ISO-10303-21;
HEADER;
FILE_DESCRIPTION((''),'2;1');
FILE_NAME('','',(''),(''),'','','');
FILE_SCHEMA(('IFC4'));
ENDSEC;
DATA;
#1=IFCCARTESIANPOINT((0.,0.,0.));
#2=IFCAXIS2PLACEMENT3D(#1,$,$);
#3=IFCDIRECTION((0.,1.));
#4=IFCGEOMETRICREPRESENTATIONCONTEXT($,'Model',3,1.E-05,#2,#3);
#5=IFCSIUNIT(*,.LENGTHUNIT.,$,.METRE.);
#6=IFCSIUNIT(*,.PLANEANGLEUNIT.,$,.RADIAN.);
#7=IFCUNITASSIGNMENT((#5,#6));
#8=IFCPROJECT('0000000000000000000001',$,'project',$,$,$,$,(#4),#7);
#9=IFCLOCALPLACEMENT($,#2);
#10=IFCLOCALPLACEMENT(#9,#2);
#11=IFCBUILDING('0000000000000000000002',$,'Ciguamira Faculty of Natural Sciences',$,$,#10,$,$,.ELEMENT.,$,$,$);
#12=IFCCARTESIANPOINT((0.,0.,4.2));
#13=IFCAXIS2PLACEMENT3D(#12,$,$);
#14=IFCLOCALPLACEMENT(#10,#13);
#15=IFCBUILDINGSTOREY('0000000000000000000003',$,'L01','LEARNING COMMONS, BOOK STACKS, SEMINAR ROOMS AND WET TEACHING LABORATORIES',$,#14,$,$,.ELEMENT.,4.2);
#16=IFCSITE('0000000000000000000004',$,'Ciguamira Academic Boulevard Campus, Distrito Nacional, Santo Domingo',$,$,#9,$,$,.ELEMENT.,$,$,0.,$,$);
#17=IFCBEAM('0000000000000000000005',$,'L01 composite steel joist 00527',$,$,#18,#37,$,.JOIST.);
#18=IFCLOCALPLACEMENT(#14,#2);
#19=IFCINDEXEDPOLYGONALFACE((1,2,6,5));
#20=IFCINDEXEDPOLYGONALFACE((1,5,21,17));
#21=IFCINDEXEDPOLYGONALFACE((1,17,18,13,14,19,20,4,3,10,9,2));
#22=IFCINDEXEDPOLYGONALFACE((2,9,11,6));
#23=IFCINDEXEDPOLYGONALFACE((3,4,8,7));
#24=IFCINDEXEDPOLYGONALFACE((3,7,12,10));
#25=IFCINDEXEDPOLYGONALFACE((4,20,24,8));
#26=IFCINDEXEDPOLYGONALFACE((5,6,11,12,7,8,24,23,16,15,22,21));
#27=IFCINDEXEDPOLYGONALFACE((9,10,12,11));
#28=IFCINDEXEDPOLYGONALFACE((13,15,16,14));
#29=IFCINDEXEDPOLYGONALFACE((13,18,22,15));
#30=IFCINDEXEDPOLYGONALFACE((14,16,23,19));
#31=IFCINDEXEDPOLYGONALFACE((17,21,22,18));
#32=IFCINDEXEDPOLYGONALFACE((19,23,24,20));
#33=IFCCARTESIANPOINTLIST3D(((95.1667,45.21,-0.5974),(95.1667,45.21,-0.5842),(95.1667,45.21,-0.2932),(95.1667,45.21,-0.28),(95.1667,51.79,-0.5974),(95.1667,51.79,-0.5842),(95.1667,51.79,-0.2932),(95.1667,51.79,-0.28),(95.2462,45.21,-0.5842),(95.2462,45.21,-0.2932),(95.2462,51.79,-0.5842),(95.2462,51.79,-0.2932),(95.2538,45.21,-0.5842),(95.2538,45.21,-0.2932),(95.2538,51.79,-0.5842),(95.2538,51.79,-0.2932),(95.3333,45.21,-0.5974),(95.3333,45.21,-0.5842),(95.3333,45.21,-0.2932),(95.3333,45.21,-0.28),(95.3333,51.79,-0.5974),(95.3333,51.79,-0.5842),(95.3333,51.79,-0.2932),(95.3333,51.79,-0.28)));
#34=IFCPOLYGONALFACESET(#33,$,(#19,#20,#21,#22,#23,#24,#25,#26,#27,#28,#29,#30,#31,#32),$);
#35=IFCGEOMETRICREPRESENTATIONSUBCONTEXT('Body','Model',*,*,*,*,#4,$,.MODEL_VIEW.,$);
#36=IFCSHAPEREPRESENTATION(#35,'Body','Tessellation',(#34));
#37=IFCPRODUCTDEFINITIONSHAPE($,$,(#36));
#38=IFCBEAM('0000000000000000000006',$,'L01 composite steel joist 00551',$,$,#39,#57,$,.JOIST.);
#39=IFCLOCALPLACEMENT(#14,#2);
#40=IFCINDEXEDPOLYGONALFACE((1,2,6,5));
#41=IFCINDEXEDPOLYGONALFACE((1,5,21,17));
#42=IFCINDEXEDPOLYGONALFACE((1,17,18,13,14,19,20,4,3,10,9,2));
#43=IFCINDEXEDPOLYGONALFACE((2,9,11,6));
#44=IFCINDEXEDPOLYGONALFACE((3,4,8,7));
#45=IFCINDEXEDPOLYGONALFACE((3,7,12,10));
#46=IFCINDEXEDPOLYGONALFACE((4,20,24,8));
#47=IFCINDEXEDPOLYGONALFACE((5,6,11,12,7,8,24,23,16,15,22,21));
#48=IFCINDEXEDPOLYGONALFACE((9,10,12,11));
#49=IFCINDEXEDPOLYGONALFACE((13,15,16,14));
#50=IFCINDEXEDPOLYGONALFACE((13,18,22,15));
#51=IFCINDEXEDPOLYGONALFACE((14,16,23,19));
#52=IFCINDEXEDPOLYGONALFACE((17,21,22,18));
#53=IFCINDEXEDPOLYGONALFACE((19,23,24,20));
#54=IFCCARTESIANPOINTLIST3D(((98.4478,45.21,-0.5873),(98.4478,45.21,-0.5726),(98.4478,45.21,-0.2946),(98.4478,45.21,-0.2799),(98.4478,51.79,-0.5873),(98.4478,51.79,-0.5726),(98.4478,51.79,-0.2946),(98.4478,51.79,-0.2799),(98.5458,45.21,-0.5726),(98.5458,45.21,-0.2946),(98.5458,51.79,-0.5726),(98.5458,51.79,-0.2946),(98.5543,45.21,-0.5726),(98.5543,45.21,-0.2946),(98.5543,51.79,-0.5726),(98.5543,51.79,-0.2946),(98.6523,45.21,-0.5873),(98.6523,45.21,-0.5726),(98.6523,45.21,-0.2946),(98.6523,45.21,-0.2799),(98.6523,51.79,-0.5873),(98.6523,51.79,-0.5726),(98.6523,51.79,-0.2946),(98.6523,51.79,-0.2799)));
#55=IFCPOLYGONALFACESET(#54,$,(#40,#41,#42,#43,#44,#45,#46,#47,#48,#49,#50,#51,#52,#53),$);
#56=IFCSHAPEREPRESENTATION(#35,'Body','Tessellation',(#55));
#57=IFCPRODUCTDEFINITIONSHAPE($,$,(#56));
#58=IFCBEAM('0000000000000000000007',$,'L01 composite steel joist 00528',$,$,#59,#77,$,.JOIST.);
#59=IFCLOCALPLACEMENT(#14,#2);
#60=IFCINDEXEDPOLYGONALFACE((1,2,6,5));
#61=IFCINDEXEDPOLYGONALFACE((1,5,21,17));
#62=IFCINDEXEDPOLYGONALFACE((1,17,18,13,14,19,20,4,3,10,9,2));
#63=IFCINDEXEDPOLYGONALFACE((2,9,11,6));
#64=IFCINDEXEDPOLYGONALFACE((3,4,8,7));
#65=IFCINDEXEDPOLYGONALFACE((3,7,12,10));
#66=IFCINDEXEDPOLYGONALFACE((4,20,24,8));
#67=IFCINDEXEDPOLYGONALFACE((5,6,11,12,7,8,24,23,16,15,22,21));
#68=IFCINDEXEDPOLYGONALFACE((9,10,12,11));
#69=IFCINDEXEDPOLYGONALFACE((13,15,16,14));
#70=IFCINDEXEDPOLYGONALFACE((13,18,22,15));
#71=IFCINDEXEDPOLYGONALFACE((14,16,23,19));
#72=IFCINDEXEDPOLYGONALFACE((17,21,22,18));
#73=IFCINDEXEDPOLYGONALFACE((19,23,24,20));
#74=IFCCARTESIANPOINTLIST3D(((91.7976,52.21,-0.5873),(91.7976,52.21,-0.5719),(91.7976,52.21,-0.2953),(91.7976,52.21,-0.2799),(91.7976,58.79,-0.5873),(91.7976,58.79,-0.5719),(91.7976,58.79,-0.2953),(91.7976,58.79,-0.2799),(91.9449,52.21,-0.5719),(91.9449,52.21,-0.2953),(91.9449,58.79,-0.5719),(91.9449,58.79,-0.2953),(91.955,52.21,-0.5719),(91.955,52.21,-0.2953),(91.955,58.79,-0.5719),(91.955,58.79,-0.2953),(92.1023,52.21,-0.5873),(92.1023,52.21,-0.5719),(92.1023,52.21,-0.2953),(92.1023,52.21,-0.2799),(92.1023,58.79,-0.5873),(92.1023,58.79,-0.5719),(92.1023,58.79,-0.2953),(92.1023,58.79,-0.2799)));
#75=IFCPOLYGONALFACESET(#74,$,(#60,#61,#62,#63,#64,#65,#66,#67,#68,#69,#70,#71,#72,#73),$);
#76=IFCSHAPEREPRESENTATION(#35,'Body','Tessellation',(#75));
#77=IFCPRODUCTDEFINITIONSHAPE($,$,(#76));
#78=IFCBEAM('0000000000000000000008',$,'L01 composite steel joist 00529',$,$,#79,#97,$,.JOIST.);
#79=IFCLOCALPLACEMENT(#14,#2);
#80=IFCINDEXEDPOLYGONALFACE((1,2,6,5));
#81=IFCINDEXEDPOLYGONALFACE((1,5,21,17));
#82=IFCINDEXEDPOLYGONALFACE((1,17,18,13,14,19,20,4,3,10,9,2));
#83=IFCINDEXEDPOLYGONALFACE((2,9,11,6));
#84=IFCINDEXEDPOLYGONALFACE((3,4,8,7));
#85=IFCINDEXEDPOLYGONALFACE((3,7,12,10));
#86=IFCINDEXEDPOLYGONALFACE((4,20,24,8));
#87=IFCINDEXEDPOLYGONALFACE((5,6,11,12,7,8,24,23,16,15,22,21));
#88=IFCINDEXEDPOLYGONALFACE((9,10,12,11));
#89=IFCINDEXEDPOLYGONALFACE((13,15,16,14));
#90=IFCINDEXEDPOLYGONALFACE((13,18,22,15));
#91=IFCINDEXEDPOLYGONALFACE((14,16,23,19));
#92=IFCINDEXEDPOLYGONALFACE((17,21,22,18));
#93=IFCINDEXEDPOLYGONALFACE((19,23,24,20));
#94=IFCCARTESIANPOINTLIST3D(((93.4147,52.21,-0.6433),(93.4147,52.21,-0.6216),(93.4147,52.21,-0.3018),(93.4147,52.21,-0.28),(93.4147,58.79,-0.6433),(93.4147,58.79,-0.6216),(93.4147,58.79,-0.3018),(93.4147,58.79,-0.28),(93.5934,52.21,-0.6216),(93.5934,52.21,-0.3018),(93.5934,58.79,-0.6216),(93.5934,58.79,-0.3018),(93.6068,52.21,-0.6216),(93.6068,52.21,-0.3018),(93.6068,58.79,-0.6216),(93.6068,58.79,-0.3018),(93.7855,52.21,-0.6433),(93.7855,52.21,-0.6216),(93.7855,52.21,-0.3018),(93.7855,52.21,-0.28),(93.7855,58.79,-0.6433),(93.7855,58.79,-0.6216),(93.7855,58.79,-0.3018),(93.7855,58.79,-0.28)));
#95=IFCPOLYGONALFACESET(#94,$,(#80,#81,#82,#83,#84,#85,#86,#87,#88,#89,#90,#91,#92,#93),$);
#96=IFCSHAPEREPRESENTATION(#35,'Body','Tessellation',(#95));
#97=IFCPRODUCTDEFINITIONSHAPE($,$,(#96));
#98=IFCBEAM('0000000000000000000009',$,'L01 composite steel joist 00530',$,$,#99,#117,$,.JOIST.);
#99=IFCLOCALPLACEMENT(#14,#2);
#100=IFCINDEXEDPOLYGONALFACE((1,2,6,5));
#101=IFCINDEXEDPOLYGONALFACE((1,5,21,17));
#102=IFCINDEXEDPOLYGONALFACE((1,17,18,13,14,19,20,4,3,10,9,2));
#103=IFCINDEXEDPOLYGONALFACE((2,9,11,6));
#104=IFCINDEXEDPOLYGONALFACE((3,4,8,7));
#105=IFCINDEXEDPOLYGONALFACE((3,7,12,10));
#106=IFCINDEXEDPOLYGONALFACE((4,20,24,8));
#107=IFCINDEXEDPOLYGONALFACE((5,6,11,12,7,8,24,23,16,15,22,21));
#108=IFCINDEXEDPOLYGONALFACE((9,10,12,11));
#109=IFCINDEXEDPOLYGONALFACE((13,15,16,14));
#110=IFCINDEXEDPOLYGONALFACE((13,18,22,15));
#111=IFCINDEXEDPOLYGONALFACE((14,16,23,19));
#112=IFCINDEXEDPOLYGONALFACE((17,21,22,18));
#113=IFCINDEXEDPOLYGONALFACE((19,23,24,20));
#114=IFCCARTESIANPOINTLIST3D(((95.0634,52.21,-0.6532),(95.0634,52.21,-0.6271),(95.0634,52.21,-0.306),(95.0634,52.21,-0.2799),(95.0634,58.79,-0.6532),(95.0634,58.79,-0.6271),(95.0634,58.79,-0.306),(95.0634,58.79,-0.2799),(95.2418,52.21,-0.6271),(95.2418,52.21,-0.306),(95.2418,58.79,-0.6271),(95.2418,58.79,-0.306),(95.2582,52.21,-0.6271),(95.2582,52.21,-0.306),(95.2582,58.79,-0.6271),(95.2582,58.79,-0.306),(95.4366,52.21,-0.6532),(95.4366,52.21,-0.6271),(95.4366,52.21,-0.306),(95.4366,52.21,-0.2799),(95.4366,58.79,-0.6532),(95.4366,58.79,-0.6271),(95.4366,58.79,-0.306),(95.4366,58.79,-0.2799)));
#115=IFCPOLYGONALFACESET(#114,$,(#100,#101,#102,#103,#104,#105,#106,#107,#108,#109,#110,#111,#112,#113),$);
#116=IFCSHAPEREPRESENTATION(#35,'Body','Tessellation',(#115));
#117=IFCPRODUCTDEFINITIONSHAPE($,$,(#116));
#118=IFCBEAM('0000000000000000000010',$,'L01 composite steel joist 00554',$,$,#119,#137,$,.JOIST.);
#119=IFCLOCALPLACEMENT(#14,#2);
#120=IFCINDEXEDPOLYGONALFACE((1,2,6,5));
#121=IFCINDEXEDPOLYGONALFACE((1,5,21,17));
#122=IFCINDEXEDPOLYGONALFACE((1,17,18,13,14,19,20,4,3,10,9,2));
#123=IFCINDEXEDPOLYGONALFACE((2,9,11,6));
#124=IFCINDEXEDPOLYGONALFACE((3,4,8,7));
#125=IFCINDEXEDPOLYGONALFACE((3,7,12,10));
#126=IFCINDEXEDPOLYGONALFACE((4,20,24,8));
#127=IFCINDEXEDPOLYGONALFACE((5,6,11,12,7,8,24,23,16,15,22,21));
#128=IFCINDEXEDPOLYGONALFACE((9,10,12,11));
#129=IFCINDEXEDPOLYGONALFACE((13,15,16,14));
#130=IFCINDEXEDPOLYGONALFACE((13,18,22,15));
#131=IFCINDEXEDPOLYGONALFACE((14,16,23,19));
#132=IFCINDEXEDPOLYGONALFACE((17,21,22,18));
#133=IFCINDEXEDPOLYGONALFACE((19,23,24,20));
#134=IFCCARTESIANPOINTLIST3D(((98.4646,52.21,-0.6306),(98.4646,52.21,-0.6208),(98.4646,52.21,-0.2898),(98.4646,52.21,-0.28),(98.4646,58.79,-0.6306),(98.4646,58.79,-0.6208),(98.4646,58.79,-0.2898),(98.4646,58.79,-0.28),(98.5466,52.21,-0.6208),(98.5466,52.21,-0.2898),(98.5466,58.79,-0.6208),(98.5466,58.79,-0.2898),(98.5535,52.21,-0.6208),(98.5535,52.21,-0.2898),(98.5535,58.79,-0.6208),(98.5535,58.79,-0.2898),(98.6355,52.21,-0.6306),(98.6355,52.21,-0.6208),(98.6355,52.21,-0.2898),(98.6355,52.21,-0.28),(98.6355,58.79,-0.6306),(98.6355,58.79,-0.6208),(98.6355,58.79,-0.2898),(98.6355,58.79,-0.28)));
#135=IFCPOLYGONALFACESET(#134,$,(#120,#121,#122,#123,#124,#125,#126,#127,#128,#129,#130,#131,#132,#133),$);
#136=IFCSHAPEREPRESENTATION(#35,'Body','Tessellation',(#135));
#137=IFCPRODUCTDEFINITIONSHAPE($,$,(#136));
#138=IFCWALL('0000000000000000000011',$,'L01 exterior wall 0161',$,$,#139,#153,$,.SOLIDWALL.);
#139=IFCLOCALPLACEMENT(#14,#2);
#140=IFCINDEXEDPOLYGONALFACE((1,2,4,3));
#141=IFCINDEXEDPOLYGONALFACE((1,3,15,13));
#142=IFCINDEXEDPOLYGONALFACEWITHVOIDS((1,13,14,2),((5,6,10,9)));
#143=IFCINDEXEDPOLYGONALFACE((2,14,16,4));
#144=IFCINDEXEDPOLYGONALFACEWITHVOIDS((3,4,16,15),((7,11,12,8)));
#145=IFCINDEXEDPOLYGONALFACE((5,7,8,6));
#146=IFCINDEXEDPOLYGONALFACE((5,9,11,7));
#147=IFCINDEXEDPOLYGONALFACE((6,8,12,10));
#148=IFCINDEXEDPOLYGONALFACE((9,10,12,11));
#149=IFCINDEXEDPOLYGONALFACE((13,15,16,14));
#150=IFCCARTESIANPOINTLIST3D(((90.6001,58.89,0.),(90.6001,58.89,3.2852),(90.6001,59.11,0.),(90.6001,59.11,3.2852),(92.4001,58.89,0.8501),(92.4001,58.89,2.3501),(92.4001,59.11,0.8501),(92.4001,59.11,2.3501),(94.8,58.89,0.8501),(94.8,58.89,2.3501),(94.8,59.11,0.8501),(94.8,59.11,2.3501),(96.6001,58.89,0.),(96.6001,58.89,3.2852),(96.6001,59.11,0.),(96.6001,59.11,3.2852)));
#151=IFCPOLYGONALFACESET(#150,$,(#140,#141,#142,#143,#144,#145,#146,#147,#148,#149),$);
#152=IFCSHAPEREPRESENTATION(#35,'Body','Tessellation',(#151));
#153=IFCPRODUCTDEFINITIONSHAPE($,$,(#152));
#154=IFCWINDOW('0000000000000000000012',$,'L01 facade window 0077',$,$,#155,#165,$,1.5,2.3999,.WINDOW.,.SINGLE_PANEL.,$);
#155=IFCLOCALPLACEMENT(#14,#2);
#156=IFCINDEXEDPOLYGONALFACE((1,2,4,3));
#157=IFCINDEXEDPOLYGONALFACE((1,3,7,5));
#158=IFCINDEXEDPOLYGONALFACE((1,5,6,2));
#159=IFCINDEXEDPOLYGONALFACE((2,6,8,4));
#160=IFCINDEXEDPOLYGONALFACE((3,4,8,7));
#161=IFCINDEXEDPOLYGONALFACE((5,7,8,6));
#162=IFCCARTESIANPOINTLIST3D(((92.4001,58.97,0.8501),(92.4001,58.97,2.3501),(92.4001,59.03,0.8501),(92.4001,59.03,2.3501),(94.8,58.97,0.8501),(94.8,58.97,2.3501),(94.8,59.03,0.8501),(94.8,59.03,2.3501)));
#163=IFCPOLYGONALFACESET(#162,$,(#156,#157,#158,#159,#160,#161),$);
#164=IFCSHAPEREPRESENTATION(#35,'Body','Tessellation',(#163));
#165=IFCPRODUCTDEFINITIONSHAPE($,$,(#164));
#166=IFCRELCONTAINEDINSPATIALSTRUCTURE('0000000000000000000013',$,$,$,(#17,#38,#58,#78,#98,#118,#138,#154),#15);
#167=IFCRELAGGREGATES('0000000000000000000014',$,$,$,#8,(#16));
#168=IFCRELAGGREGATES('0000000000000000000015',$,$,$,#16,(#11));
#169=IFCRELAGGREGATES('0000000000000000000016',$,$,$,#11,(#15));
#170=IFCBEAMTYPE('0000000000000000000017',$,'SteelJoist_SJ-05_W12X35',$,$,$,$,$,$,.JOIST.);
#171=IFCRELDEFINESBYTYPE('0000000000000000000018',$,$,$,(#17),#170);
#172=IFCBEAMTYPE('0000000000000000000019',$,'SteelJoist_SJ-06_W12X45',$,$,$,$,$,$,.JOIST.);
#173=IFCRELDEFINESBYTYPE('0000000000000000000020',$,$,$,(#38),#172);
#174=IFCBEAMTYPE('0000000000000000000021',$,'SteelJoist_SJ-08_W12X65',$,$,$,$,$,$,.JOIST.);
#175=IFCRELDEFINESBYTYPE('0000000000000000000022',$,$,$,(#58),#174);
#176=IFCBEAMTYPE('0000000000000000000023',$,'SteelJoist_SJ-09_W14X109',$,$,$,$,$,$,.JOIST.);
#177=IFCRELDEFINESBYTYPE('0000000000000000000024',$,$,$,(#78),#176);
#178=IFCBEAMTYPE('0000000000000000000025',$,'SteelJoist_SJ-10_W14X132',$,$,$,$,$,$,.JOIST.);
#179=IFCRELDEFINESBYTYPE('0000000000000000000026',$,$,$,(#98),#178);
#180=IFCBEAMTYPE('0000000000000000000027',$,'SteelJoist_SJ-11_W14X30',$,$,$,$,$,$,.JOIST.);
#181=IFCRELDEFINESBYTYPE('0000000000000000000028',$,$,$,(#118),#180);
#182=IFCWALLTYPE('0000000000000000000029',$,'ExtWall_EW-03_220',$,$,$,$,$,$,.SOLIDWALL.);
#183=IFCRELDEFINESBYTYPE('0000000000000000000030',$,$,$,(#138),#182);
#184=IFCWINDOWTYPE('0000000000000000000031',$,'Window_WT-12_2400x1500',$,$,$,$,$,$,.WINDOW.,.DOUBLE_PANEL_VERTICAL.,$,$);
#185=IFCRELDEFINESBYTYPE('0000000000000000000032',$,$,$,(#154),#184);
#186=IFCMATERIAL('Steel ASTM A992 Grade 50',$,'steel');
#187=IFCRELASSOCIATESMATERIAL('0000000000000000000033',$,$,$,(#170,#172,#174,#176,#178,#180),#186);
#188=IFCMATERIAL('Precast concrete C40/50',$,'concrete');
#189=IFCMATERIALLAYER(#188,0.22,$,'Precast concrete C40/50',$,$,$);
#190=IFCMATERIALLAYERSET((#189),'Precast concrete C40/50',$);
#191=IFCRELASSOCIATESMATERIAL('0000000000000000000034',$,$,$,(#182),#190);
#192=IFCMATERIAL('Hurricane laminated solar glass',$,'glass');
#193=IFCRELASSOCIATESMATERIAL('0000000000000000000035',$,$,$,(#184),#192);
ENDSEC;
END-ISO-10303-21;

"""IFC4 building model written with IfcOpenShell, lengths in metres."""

from ifc_helpers import new_model, si_unit, direction, frame, frame_2d, origin, origin_2d, place, context, subcontext, project, spatial, rectangle, i_section, extrude, material, layer, layer_set, material_profile, profile_set, type_object, element, fill, save


model = new_model("IFC4")

# Units and contexts
model_context = context("Model", 3, precision=1e-05, world=origin(), true_north=direction((0.0, 1.0)))
body_context = subcontext(model_context, "Body", "Model", "MODEL_VIEW")
ifc_project = project(units=[si_unit("LENGTHUNIT", "METRE"), si_unit("PLANEANGLEUNIT", "RADIAN")], contexts=[model_context])

# Site, building, storey
site_placement = place(None, origin())
site = spatial("IfcSite", under=ifc_project, at=site_placement, Name="Ciguamira Academic Boulevard Campus, Distrito Nacional, Santo Domingo", CompositionType="ELEMENT", RefElevation=0.0)
building_placement = place(site_placement, origin())
building = spatial("IfcBuilding", under=site, at=building_placement, Name="Ciguamira Faculty of Natural Sciences", CompositionType="ELEMENT")
storey_placement = place(building_placement, frame((0.0, 0.0, 4.2)))
storey = spatial("IfcBuildingStorey", under=building, at=storey_placement, Name="L01", Description="LEARNING COMMONS, BOOK STACKS, SEMINAR ROOMS AND WET TEACHING LABORATORIES", CompositionType="ELEMENT", Elevation=4.2)

# Beams
ifc_material_1 = material(Name="Steel ASTM A992 Grade 50", Category="steel")
ifc_material_profile_1 = material_profile(ifc_material_1, i_section(OverallWidth=0.1665, OverallDepth=0.3174, WebThickness=0.0076, FlangeThickness=0.0132, at=origin_2d()), Name="W12X35")
ifc_profile_set_1 = profile_set([ifc_material_profile_1], Name="Steel ASTM A992 Grade 50")
beam_type_1 = type_object("IfcBeamType", Name="SteelJoist_SJ-05_W12X35", PredefinedType="JOIST", material=ifc_profile_set_1)
beam_1_placement = place(storey_placement, frame((95.25, 45.21, -0.4387), z_axis=(0.0, 1.0, 0.0), x_axis=(-1.0, 0.0, 0.0)))
element("IfcBeam", 1, at=beam_1_placement, inside=storey, type_object=beam_type_1, Name="L01 composite steel joist 00527", PredefinedType="JOIST", context=body_context, shape_type="SweptSolid", body=[
    extrude(i_section(OverallWidth=0.1665, OverallDepth=0.3174, WebThickness=0.0076, FlangeThickness=0.0132, at=origin_2d()), origin(), (0.0, 0.0, 1.0), 6.5801),
])
ifc_material_profile_2 = material_profile(ifc_material_1, i_section(OverallWidth=0.2046, OverallDepth=0.3074, WebThickness=0.0085, FlangeThickness=0.0146, at=origin_2d()), Name="W12X45")
ifc_profile_set_2 = profile_set([ifc_material_profile_2], Name="Steel ASTM A992 Grade 50")
beam_type_2 = type_object("IfcBeamType", Name="SteelJoist_SJ-06_W12X45", PredefinedType="JOIST", material=ifc_profile_set_2)
beam_2_placement = place(storey_placement, frame((98.55, 45.21, -0.4336), z_axis=(0.0, 1.0, 0.0), x_axis=(-1.0, 0.0, 0.0)))
element("IfcBeam", 2, at=beam_2_placement, inside=storey, type_object=beam_type_2, Name="L01 composite steel joist 00551", PredefinedType="JOIST", context=body_context, shape_type="SweptSolid", body=[
    extrude(i_section(OverallWidth=0.2046, OverallDepth=0.3074, WebThickness=0.0085, FlangeThickness=0.0146, at=origin_2d()), origin(), (0.0, 0.0, 1.0), 6.5801),
])
ifc_material_profile_3 = material_profile(ifc_material_1, i_section(OverallWidth=0.3047, OverallDepth=0.3074, WebThickness=0.01, FlangeThickness=0.0154, at=origin_2d()), Name="W12X65")
ifc_profile_set_3 = profile_set([ifc_material_profile_3], Name="Steel ASTM A992 Grade 50")
beam_type_3 = type_object("IfcBeamType", Name="SteelJoist_SJ-08_W12X65", PredefinedType="JOIST", material=ifc_profile_set_3)
beam_3_placement = place(storey_placement, frame((91.95, 52.21, -0.4336), z_axis=(0.0, 1.0, 0.0), x_axis=(-1.0, 0.0, 0.0)))
element("IfcBeam", 3, at=beam_3_placement, inside=storey, type_object=beam_type_3, Name="L01 composite steel joist 00528", PredefinedType="JOIST", context=body_context, shape_type="SweptSolid", body=[
    extrude(i_section(OverallWidth=0.3047, OverallDepth=0.3074, WebThickness=0.01, FlangeThickness=0.0154, at=origin_2d()), origin(), (0.0, 0.0, 1.0), 6.5801),
])
ifc_material_profile_4 = material_profile(ifc_material_1, i_section(OverallWidth=0.3708, OverallDepth=0.3633, WebThickness=0.0134, FlangeThickness=0.0217, at=origin_2d()), Name="W14X109")
ifc_profile_set_4 = profile_set([ifc_material_profile_4], Name="Steel ASTM A992 Grade 50")
beam_type_4 = type_object("IfcBeamType", Name="SteelJoist_SJ-09_W14X109", PredefinedType="JOIST", material=ifc_profile_set_4)
beam_4_placement = place(storey_placement, frame((93.6001, 52.21, -0.4617), z_axis=(0.0, 1.0, 0.0), x_axis=(-1.0, 0.0, 0.0)))
element("IfcBeam", 4, at=beam_4_placement, inside=storey, type_object=beam_type_4, Name="L01 composite steel joist 00529", PredefinedType="JOIST", context=body_context, shape_type="SweptSolid", body=[
    extrude(i_section(OverallWidth=0.3708, OverallDepth=0.3633, WebThickness=0.0134, FlangeThickness=0.0217, at=origin_2d()), origin(), (0.0, 0.0, 1.0), 6.5801),
])
ifc_material_profile_5 = material_profile(ifc_material_1, i_section(OverallWidth=0.3733, OverallDepth=0.3733, WebThickness=0.0164, FlangeThickness=0.0261, at=origin_2d()), Name="W14X132")
ifc_profile_set_5 = profile_set([ifc_material_profile_5], Name="Steel ASTM A992 Grade 50")
beam_type_5 = type_object("IfcBeamType", Name="SteelJoist_SJ-10_W14X132", PredefinedType="JOIST", material=ifc_profile_set_5)
beam_5_placement = place(storey_placement, frame((95.25, 52.21, -0.4666), z_axis=(0.0, 1.0, 0.0), x_axis=(-1.0, 0.0, 0.0)))
element("IfcBeam", 5, at=beam_5_placement, inside=storey, type_object=beam_type_5, Name="L01 composite steel joist 00530", PredefinedType="JOIST", context=body_context, shape_type="SweptSolid", body=[
    extrude(i_section(OverallWidth=0.3733, OverallDepth=0.3733, WebThickness=0.0164, FlangeThickness=0.0261, at=origin_2d()), origin(), (0.0, 0.0, 1.0), 6.5801),
])
ifc_material_profile_6 = material_profile(ifc_material_1, i_section(OverallWidth=0.1709, OverallDepth=0.3506, WebThickness=0.0068, FlangeThickness=0.0098, at=origin_2d()), Name="W14X30")
ifc_profile_set_6 = profile_set([ifc_material_profile_6], Name="Steel ASTM A992 Grade 50")
beam_type_6 = type_object("IfcBeamType", Name="SteelJoist_SJ-11_W14X30", PredefinedType="JOIST", material=ifc_profile_set_6)
beam_6_placement = place(storey_placement, frame((98.55, 52.21, -0.4553), z_axis=(0.0, 1.0, 0.0), x_axis=(-1.0, 0.0, 0.0)))
element("IfcBeam", 6, at=beam_6_placement, inside=storey, type_object=beam_type_6, Name="L01 composite steel joist 00554", PredefinedType="JOIST", context=body_context, shape_type="SweptSolid", body=[
    extrude(i_section(OverallWidth=0.1709, OverallDepth=0.3506, WebThickness=0.0068, FlangeThickness=0.0098, at=origin_2d()), origin(), (0.0, 0.0, 1.0), 6.5801),
])

# Wall, opening, window
ifc_material_2 = material(Name="Precast concrete C40/50", Category="concrete")
ifc_layer = layer(ifc_material_2, 0.22, Name="Precast concrete C40/50")
ifc_layer_set = layer_set([ifc_layer], Name="Precast concrete C40/50")
wall_type = type_object("IfcWallType", Name="ExtWall_EW-03_220", PredefinedType="SOLIDWALL", material=ifc_layer_set)
wall_placement = place(storey_placement, frame((90.6001, 59.0, 0.0), z_axis=(0.0, 0.0, 1.0), x_axis=(1.0, 0.0, 0.0)))
wall = element("IfcWall", 7, at=wall_placement, inside=storey, type_object=wall_type, Name="L01 exterior wall 0161", PredefinedType="SOLIDWALL", context=body_context, shape_type="SweptSolid", body=[
    extrude(rectangle(XDim=6.0, YDim=0.22, at=frame_2d((3.0, 0.0))), origin(), (0.0, 0.0, 1.0), 3.2852),
])
opening_placement = place(wall_placement, frame((1.8, 0.0, 0.8501)))
opening = element("IfcOpeningElement", 8, at=opening_placement, cuts=wall, PredefinedType="OPENING", context=body_context, shape_type="SweptSolid", body=[
    extrude(rectangle(XDim=2.3999, YDim=1.5, at=frame_2d((1.2, 0.75))), frame((0.0, 0.1199, 0.0), z_axis=(0.0, -1.0, 0.0), x_axis=(1.0, 0.0, 0.0)), (0.0, 0.0, 1.0), 0.24),
])
ifc_material_3 = material(Name="Hurricane laminated solar glass", Category="glass")
window_type = type_object("IfcWindowType", Name="Window_WT-12_2400x1500", PartitioningType="DOUBLE_PANEL_VERTICAL", PredefinedType="WINDOW", material=ifc_material_3)
window_placement = place(opening_placement, origin())
window = element("IfcWindow", 9, at=window_placement, inside=storey, type_object=window_type, Name="L01 facade window 0077", OverallHeight=1.5, OverallWidth=2.3999, PartitioningType="SINGLE_PANEL", PredefinedType="WINDOW", context=body_context, shape_type="SweptSolid", body=[
    extrude(rectangle(XDim=2.3999, YDim=1.5, at=frame_2d((1.2, 0.75))), frame((0.0, 0.03, 0.0), z_axis=(0.0, -1.0, 0.0), x_axis=(1.0, 0.0, 0.0)), (0.0, 0.0, 1.0), 0.0601),
])
fill(opening, window)

save(model, "model.ifc")
